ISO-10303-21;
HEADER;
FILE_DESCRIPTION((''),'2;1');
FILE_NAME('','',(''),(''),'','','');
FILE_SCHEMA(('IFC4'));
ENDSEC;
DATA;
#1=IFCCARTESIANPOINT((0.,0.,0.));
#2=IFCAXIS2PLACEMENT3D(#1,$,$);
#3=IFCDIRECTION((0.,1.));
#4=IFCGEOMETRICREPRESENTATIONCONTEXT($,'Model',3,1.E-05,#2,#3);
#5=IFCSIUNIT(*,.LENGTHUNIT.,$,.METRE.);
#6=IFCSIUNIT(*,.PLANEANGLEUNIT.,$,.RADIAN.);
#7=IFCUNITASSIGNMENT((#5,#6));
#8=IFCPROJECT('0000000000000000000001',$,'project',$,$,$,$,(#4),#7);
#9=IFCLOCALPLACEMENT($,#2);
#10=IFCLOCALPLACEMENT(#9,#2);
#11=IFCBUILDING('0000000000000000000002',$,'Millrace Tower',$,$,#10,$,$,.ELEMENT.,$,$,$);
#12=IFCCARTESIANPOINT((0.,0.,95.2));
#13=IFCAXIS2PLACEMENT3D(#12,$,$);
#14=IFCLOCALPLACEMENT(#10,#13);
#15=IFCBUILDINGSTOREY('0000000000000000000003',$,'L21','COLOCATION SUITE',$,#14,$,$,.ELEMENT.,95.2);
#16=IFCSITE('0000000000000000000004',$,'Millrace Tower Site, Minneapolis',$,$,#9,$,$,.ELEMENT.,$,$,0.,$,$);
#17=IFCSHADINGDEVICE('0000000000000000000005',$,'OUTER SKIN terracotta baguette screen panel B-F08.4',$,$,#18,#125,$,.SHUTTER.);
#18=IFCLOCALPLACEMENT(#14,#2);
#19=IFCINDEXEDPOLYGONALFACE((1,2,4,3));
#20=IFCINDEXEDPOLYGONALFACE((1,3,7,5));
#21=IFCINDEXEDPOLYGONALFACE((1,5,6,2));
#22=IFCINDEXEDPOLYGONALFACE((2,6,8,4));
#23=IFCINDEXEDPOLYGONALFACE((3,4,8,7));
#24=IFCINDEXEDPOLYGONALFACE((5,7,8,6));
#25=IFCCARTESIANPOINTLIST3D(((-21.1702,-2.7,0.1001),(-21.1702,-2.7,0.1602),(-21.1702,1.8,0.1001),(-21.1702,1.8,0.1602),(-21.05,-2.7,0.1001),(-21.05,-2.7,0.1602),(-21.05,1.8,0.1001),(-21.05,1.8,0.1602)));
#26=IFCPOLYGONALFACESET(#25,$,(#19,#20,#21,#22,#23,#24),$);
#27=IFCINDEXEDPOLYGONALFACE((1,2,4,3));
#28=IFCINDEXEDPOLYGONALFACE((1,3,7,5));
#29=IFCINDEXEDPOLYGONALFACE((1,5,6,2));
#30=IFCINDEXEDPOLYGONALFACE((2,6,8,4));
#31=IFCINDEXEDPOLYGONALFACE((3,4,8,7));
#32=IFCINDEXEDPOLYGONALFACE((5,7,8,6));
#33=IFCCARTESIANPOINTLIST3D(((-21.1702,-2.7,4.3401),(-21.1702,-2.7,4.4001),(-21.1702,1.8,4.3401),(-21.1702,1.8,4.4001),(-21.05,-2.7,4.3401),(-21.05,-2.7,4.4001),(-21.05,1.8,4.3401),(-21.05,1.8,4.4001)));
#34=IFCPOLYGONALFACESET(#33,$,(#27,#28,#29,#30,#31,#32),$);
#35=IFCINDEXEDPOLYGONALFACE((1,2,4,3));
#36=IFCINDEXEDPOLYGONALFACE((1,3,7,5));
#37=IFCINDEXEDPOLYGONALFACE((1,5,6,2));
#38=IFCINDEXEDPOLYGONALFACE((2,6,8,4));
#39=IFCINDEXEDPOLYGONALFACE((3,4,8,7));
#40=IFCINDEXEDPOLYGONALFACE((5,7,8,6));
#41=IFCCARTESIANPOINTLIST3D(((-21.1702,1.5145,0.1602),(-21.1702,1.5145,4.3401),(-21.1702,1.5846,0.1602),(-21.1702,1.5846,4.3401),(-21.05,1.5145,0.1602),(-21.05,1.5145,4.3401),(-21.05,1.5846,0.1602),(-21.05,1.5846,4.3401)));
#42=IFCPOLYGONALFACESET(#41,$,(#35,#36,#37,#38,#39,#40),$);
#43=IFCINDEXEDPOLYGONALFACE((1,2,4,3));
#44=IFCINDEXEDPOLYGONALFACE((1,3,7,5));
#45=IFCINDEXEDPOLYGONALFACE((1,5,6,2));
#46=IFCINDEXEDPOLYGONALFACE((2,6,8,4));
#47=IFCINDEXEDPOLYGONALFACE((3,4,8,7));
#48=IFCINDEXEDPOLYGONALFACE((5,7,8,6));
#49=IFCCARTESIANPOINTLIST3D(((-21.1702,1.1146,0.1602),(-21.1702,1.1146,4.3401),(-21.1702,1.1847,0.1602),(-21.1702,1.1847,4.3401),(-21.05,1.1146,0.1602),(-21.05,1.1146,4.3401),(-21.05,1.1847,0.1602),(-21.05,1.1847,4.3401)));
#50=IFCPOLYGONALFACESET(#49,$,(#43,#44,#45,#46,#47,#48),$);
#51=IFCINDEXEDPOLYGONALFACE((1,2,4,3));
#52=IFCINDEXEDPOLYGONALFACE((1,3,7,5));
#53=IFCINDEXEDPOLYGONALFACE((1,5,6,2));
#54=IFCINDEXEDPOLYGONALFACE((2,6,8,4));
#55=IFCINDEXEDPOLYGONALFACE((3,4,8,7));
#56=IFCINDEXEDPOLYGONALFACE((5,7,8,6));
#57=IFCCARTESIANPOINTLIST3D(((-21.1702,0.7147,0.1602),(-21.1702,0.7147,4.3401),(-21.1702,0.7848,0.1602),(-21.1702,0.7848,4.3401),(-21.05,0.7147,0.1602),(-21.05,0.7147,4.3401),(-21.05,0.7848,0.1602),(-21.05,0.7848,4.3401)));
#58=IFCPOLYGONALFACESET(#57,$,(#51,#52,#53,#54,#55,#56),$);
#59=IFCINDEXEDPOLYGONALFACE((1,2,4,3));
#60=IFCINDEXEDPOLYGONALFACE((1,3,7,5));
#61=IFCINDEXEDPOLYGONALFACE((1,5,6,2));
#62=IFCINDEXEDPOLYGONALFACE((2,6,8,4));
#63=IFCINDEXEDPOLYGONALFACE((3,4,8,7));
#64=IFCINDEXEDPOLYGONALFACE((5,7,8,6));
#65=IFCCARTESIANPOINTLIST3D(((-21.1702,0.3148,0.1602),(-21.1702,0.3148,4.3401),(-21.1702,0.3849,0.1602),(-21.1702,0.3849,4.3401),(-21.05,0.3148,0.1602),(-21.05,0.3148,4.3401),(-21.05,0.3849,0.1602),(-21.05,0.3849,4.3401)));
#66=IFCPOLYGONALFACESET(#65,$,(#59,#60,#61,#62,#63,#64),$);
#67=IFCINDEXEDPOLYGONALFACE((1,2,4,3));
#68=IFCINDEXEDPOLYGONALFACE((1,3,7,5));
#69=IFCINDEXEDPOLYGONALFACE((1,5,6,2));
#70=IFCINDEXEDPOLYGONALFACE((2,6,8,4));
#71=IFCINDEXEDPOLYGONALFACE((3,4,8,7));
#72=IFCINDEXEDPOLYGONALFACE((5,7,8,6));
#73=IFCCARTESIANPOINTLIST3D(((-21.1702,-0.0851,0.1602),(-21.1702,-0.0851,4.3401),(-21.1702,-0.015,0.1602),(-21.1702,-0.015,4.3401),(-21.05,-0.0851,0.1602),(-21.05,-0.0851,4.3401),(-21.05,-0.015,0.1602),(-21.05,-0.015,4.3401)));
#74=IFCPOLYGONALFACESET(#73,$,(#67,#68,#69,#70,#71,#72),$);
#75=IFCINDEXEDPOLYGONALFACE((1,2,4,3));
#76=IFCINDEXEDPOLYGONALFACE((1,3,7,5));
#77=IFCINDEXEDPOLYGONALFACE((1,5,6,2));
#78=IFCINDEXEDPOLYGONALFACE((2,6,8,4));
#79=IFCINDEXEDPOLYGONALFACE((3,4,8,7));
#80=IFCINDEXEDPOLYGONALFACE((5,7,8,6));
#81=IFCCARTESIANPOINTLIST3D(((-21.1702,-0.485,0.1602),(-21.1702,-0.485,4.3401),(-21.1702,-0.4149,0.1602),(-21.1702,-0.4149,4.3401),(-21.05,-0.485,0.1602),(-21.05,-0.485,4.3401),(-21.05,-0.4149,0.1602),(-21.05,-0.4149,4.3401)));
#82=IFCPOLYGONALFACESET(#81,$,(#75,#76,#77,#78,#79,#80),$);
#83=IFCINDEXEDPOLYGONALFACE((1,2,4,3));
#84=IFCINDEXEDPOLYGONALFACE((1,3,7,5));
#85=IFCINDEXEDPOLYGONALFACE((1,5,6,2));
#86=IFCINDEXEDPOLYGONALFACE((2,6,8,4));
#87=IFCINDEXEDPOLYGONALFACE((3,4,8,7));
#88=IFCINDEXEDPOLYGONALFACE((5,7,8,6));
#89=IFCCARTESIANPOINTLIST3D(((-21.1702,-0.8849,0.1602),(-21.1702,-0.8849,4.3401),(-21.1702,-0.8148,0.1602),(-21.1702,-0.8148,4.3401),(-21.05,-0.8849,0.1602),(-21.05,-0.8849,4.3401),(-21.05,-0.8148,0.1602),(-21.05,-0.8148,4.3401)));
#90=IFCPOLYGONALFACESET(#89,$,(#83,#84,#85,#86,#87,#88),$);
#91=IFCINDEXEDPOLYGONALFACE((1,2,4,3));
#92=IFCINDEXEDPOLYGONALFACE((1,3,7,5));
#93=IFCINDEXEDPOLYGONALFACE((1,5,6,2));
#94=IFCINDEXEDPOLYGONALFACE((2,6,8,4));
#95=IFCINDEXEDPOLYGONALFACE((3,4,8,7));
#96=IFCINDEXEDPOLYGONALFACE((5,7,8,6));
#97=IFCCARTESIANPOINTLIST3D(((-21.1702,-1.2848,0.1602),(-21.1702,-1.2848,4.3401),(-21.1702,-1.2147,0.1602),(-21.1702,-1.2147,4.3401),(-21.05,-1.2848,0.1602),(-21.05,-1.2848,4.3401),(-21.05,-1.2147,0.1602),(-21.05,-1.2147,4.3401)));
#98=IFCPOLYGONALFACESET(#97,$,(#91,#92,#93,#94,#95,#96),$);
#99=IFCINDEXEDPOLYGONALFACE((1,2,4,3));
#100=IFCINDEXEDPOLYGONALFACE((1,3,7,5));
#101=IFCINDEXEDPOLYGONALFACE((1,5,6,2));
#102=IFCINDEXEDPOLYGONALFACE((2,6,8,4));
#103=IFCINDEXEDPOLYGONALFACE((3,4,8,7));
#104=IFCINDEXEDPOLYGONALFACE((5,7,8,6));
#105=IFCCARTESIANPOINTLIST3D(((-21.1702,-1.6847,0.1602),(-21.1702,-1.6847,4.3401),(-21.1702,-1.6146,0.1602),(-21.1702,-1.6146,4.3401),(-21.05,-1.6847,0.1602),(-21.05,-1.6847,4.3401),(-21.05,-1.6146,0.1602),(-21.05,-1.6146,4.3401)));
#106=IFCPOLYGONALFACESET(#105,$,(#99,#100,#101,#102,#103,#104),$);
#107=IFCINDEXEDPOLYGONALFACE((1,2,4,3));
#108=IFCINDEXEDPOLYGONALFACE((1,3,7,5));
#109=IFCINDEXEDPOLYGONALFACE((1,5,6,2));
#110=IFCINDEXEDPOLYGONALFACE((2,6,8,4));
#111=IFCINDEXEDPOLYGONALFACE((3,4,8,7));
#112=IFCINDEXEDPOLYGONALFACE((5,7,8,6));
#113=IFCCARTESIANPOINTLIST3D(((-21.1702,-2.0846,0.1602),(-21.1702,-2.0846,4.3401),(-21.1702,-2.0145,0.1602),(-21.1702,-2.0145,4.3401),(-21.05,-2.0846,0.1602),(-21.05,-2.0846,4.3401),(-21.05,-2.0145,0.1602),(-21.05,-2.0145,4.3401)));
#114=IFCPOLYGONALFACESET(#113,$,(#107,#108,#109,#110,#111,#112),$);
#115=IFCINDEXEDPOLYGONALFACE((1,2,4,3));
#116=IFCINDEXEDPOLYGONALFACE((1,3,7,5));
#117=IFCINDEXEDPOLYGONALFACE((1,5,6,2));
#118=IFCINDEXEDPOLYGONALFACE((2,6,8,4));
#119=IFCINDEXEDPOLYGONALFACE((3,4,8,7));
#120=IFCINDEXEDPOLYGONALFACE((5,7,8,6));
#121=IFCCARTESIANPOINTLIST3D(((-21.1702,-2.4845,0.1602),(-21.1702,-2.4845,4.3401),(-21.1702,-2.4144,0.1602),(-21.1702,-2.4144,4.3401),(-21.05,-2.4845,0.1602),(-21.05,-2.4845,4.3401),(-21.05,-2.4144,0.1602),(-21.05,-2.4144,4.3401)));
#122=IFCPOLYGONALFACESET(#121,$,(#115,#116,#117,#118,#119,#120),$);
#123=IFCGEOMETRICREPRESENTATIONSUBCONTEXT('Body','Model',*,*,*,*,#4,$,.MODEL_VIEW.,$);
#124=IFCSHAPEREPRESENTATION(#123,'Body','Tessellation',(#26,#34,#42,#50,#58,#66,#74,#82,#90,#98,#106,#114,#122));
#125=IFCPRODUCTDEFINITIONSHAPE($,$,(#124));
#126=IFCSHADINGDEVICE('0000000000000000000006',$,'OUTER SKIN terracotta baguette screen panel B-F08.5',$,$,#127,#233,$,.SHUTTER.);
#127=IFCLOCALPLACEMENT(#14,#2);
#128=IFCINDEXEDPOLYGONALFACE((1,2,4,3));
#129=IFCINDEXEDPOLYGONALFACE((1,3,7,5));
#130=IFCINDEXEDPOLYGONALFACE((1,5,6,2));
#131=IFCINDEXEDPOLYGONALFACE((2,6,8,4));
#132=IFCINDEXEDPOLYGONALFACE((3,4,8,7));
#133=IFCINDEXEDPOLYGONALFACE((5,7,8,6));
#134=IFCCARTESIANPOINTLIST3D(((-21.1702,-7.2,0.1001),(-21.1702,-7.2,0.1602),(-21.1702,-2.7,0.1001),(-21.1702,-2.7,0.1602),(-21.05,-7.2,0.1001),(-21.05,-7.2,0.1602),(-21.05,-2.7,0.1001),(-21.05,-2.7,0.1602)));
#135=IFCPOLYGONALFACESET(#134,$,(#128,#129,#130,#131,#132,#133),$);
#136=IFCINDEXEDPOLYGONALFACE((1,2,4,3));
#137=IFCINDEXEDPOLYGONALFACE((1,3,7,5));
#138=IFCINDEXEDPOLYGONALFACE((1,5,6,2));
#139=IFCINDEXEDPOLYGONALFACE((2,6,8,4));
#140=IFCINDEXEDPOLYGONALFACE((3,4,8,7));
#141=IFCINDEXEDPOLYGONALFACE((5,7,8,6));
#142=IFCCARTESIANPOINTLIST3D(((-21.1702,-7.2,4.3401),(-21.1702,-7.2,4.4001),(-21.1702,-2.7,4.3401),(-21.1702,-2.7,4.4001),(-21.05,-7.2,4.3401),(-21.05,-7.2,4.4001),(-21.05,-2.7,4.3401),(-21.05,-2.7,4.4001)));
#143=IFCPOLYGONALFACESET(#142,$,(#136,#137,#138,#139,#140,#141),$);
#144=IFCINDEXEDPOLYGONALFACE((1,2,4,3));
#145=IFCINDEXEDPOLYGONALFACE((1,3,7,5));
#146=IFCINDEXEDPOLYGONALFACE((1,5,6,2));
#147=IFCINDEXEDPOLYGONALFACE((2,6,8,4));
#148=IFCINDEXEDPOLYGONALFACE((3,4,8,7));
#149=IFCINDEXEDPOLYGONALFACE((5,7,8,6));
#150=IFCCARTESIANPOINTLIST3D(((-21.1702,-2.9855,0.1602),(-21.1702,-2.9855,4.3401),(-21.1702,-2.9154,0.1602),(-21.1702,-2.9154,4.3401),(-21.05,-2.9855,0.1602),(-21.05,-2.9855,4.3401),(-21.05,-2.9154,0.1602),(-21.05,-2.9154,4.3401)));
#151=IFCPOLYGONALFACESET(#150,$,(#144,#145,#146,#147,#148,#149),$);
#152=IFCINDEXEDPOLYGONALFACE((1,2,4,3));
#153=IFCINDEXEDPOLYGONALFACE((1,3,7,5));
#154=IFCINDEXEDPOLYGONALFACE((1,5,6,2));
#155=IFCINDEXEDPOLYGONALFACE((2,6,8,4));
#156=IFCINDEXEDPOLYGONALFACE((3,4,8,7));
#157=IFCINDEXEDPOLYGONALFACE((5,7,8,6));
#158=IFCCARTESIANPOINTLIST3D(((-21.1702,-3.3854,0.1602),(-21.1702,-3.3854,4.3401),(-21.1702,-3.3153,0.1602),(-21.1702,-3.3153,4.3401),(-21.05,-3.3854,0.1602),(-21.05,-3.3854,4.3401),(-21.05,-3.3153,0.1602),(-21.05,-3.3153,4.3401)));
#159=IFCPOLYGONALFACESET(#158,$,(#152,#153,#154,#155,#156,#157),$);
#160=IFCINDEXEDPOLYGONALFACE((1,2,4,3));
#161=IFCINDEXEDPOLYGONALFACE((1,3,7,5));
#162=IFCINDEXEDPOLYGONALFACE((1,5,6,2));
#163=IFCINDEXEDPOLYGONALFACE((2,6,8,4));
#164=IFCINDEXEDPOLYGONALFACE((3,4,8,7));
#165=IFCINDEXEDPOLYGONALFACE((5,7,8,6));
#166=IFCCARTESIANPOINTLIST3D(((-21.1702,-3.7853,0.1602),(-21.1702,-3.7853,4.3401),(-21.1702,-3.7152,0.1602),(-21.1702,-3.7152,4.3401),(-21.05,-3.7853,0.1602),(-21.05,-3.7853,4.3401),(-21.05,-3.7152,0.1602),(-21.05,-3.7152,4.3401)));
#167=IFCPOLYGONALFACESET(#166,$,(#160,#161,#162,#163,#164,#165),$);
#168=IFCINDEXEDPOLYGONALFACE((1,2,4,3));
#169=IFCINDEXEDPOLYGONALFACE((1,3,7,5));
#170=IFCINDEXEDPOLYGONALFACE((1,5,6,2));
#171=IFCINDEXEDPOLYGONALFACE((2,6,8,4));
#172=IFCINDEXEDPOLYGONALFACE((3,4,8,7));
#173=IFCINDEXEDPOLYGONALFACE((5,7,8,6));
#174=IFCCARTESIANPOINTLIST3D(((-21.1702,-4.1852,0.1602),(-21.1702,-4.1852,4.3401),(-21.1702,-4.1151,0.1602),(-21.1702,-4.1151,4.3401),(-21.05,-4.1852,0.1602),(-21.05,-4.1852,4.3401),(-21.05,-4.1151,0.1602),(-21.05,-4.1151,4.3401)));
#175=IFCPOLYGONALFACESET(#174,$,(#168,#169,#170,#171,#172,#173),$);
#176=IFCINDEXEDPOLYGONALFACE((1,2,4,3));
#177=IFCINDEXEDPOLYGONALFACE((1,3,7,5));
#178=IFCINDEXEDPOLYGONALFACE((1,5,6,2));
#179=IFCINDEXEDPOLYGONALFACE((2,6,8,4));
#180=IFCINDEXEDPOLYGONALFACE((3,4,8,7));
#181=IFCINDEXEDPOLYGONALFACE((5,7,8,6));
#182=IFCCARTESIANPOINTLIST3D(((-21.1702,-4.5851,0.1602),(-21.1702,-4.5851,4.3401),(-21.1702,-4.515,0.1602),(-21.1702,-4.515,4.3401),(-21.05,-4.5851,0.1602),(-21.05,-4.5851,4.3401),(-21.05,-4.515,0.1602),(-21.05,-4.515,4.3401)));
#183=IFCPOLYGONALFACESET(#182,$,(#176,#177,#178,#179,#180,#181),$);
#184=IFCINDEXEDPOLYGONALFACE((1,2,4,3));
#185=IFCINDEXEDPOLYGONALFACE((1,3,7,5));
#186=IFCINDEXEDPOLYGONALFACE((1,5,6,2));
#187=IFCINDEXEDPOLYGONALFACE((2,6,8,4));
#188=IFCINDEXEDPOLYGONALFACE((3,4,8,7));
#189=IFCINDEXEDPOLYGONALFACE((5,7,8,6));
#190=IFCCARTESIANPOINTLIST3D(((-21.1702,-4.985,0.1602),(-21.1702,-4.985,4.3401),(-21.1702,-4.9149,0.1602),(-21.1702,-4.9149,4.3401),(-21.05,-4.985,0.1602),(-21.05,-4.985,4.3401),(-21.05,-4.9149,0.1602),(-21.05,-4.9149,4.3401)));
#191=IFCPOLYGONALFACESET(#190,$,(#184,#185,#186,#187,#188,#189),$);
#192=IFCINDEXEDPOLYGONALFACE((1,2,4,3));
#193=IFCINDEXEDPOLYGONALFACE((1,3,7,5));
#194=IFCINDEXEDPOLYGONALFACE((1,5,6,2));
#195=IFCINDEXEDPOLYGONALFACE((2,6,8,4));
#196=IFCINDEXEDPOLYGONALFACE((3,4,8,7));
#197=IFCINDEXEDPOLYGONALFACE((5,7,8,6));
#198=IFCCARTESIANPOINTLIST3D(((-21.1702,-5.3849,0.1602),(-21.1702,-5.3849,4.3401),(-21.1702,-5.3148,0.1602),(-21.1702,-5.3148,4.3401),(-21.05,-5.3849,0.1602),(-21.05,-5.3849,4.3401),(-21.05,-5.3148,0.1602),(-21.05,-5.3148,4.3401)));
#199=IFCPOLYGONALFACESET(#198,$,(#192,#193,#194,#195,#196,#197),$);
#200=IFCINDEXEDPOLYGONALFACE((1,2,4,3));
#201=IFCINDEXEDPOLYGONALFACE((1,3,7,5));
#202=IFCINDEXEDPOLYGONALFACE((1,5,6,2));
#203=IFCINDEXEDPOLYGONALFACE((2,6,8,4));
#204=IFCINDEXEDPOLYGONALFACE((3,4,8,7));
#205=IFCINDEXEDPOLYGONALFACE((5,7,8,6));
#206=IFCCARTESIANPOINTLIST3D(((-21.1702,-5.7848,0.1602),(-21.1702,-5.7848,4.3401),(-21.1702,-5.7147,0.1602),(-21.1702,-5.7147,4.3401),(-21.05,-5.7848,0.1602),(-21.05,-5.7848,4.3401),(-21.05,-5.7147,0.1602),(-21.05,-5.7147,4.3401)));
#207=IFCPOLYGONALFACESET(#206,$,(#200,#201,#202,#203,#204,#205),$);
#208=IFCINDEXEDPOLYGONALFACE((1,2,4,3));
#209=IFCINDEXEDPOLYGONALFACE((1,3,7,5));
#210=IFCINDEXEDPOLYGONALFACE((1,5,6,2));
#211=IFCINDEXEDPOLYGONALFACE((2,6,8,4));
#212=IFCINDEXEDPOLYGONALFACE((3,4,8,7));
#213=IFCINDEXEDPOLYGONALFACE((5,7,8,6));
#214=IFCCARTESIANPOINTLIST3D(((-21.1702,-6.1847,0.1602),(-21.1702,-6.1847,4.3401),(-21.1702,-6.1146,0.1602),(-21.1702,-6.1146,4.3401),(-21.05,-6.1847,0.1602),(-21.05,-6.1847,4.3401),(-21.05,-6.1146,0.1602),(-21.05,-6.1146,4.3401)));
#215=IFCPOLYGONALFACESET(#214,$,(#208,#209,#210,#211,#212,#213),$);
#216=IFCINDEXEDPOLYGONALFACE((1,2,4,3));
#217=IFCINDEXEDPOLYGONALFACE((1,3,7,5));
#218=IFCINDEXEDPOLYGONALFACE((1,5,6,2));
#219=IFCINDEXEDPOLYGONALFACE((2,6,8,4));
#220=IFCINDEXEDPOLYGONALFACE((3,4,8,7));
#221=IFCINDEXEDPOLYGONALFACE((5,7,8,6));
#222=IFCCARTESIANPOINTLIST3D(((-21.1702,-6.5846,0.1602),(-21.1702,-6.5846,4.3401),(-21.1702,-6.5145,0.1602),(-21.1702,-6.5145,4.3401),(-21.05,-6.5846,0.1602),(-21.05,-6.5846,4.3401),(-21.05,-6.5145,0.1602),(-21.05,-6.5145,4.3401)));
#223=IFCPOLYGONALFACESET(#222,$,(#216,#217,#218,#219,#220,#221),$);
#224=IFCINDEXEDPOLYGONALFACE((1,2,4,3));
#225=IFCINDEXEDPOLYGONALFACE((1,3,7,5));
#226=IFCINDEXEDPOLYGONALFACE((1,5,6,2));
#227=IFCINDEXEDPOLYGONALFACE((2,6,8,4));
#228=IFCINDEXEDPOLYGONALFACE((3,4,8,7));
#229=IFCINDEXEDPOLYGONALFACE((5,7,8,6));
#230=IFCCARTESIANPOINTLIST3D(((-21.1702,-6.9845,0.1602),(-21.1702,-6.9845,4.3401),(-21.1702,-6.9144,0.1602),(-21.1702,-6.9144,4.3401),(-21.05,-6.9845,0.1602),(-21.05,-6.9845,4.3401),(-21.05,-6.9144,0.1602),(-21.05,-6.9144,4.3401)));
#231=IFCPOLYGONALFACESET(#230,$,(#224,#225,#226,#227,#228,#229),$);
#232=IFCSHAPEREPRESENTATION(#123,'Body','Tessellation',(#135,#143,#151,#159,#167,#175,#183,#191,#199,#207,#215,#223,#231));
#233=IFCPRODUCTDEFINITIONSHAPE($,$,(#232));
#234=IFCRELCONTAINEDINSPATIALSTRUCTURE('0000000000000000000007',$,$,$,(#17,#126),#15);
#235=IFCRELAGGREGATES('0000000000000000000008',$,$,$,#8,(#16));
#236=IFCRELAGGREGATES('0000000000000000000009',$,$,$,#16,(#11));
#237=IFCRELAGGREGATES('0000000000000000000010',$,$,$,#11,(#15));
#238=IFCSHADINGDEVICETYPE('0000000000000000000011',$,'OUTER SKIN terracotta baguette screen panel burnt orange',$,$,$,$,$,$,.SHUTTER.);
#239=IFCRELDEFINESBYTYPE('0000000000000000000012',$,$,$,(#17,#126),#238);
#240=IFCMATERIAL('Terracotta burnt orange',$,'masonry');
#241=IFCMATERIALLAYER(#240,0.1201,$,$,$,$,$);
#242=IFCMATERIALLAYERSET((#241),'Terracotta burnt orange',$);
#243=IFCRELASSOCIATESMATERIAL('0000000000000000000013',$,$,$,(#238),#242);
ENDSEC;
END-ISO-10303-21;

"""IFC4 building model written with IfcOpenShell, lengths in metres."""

from ifc_helpers import new_model, entity, si_unit, direction, frame, frame_2d, origin, origin_2d, place, context, subcontext, project, spatial, rectangle, extrude, source, transform, mapped, material, layer, layer_set, type_object, element, save


model = new_model("IFC4")

# Units and contexts
model_context = context("Model", 3, precision=1e-05, world=origin(), true_north=direction((0.0, 1.0)))
body_context = subcontext(model_context, "Body", "Model", "MODEL_VIEW")
ifc_project = project(units=[si_unit("LENGTHUNIT", "METRE"), si_unit("PLANEANGLEUNIT", "RADIAN")], contexts=[model_context])

# Site, building, storey
site_placement = place(None, origin())
site = spatial("IfcSite", under=ifc_project, at=site_placement, Name="Millrace Tower Site, Minneapolis", CompositionType="ELEMENT", RefElevation=0.0)
building_placement = place(site_placement, origin())
building = spatial("IfcBuilding", under=site, at=building_placement, Name="Millrace Tower", CompositionType="ELEMENT")
storey_placement = place(building_placement, frame((0.0, 0.0, 95.2)))
storey = spatial("IfcBuildingStorey", under=building, at=storey_placement, Name="L21", Description="COLOCATION SUITE", CompositionType="ELEMENT", Elevation=95.2)

# Shading devices
ifc_material_1 = material(Name="Terracotta burnt orange", Category="masonry")
ifc_layer_1 = layer(ifc_material_1, 0.1201)
ifc_layer_set_1 = layer_set([ifc_layer_1], Name="Terracotta burnt orange")
shading_device_type = type_object("IfcShadingDeviceType", Name="OUTER SKIN terracotta baguette screen panel burnt orange", PredefinedType="SHUTTER", material=ifc_layer_set_1)
cartesian_point = entity("IfcCartesianPoint", [-2.25, 0.0601])
shared_polyline = entity("IfcPolyline", [cartesian_point, entity("IfcCartesianPoint", [2.25, 0.0601]), entity("IfcCartesianPoint", [2.25, -0.0601]), entity("IfcCartesianPoint", [-2.25, -0.0601]), cartesian_point])
shared_shape = source(origin(), body_context, "Body", "SweptSolid", [
    entity("IfcExtrudedAreaSolid", entity("IfcArbitraryClosedProfileDef", "AREA", None, shared_polyline), entity("IfcAxis2Placement3D", entity("IfcCartesianPoint", [0.0, 0.0, 0.0])), entity("IfcDirection", [0.0, 0.0, 1.0]), 0.0601),
    entity("IfcExtrudedAreaSolid", entity("IfcArbitraryClosedProfileDef", "AREA", None, shared_polyline), entity("IfcAxis2Placement3D", entity("IfcCartesianPoint", [0.0, 0.0, 4.24])), entity("IfcDirection", [0.0, 0.0, 1.0]), 0.0601),
    extrude(rectangle(XDim=0.0701, YDim=0.1201, at=frame_2d((-1.9995, 0.0))), frame((0.0, 0.0, 0.0601)), (0.0, 0.0, 1.0), 4.1799),
    extrude(rectangle(XDim=0.0701, YDim=0.1201, at=frame_2d((-1.5996, 0.0))), frame((0.0, 0.0, 0.0601)), (0.0, 0.0, 1.0), 4.1799),
    extrude(rectangle(XDim=0.0701, YDim=0.1201, at=frame_2d((-1.1997, 0.0))), frame((0.0, 0.0, 0.0601)), (0.0, 0.0, 1.0), 4.1799),
    extrude(rectangle(XDim=0.0701, YDim=0.1201, at=frame_2d((-0.7998, 0.0))), frame((0.0, 0.0, 0.0601)), (0.0, 0.0, 1.0), 4.1799),
    extrude(rectangle(XDim=0.0701, YDim=0.1201, at=frame_2d((-0.3999, 0.0))), frame((0.0, 0.0, 0.0601)), (0.0, 0.0, 1.0), 4.1799),
    extrude(rectangle(XDim=0.0701, YDim=0.1201, at=origin_2d()), frame((0.0, 0.0, 0.0601)), (0.0, 0.0, 1.0), 4.1799),
    extrude(rectangle(XDim=0.0701, YDim=0.1201, at=frame_2d((0.3999, 0.0))), frame((0.0, 0.0, 0.0601)), (0.0, 0.0, 1.0), 4.1799),
    extrude(rectangle(XDim=0.0701, YDim=0.1201, at=frame_2d((0.7998, 0.0))), frame((0.0, 0.0, 0.0601)), (0.0, 0.0, 1.0), 4.1799),
    extrude(rectangle(XDim=0.0701, YDim=0.1201, at=frame_2d((1.1997, 0.0))), frame((0.0, 0.0, 0.0601)), (0.0, 0.0, 1.0), 4.1799),
    extrude(rectangle(XDim=0.0701, YDim=0.1201, at=frame_2d((1.5996, 0.0))), frame((0.0, 0.0, 0.0601)), (0.0, 0.0, 1.0), 4.1799),
    extrude(rectangle(XDim=0.0701, YDim=0.1201, at=frame_2d((1.9995, 0.0))), frame((0.0, 0.0, 0.0601)), (0.0, 0.0, 1.0), 4.1799),
])
for number, where, z_axis, x_axis, name in (
    (1, (-21.1101, -0.45, 0.1001), (0.0, 0.0, 1.0), (0.0, -1.0, 0.0), "OUTER SKIN terracotta baguette screen panel B-F08.4"),
    (2, (-21.1101, -4.95, 0.1001), (0.0, 0.0, 1.0), (0.0, -1.0, 0.0), "OUTER SKIN terracotta baguette screen panel B-F08.5"),
):
    element("IfcShadingDevice", number, at=place(storey_placement, frame(where, z_axis=z_axis, x_axis=x_axis)), inside=storey, type_object=shading_device_type, Name=name, PredefinedType="SHUTTER", context=body_context, shape_type="MappedRepresentation", body=[
        mapped(shared_shape, transform((0.0, 0.0, 0.0), scale=1.0)),
    ])

save(model, "model.ifc")
